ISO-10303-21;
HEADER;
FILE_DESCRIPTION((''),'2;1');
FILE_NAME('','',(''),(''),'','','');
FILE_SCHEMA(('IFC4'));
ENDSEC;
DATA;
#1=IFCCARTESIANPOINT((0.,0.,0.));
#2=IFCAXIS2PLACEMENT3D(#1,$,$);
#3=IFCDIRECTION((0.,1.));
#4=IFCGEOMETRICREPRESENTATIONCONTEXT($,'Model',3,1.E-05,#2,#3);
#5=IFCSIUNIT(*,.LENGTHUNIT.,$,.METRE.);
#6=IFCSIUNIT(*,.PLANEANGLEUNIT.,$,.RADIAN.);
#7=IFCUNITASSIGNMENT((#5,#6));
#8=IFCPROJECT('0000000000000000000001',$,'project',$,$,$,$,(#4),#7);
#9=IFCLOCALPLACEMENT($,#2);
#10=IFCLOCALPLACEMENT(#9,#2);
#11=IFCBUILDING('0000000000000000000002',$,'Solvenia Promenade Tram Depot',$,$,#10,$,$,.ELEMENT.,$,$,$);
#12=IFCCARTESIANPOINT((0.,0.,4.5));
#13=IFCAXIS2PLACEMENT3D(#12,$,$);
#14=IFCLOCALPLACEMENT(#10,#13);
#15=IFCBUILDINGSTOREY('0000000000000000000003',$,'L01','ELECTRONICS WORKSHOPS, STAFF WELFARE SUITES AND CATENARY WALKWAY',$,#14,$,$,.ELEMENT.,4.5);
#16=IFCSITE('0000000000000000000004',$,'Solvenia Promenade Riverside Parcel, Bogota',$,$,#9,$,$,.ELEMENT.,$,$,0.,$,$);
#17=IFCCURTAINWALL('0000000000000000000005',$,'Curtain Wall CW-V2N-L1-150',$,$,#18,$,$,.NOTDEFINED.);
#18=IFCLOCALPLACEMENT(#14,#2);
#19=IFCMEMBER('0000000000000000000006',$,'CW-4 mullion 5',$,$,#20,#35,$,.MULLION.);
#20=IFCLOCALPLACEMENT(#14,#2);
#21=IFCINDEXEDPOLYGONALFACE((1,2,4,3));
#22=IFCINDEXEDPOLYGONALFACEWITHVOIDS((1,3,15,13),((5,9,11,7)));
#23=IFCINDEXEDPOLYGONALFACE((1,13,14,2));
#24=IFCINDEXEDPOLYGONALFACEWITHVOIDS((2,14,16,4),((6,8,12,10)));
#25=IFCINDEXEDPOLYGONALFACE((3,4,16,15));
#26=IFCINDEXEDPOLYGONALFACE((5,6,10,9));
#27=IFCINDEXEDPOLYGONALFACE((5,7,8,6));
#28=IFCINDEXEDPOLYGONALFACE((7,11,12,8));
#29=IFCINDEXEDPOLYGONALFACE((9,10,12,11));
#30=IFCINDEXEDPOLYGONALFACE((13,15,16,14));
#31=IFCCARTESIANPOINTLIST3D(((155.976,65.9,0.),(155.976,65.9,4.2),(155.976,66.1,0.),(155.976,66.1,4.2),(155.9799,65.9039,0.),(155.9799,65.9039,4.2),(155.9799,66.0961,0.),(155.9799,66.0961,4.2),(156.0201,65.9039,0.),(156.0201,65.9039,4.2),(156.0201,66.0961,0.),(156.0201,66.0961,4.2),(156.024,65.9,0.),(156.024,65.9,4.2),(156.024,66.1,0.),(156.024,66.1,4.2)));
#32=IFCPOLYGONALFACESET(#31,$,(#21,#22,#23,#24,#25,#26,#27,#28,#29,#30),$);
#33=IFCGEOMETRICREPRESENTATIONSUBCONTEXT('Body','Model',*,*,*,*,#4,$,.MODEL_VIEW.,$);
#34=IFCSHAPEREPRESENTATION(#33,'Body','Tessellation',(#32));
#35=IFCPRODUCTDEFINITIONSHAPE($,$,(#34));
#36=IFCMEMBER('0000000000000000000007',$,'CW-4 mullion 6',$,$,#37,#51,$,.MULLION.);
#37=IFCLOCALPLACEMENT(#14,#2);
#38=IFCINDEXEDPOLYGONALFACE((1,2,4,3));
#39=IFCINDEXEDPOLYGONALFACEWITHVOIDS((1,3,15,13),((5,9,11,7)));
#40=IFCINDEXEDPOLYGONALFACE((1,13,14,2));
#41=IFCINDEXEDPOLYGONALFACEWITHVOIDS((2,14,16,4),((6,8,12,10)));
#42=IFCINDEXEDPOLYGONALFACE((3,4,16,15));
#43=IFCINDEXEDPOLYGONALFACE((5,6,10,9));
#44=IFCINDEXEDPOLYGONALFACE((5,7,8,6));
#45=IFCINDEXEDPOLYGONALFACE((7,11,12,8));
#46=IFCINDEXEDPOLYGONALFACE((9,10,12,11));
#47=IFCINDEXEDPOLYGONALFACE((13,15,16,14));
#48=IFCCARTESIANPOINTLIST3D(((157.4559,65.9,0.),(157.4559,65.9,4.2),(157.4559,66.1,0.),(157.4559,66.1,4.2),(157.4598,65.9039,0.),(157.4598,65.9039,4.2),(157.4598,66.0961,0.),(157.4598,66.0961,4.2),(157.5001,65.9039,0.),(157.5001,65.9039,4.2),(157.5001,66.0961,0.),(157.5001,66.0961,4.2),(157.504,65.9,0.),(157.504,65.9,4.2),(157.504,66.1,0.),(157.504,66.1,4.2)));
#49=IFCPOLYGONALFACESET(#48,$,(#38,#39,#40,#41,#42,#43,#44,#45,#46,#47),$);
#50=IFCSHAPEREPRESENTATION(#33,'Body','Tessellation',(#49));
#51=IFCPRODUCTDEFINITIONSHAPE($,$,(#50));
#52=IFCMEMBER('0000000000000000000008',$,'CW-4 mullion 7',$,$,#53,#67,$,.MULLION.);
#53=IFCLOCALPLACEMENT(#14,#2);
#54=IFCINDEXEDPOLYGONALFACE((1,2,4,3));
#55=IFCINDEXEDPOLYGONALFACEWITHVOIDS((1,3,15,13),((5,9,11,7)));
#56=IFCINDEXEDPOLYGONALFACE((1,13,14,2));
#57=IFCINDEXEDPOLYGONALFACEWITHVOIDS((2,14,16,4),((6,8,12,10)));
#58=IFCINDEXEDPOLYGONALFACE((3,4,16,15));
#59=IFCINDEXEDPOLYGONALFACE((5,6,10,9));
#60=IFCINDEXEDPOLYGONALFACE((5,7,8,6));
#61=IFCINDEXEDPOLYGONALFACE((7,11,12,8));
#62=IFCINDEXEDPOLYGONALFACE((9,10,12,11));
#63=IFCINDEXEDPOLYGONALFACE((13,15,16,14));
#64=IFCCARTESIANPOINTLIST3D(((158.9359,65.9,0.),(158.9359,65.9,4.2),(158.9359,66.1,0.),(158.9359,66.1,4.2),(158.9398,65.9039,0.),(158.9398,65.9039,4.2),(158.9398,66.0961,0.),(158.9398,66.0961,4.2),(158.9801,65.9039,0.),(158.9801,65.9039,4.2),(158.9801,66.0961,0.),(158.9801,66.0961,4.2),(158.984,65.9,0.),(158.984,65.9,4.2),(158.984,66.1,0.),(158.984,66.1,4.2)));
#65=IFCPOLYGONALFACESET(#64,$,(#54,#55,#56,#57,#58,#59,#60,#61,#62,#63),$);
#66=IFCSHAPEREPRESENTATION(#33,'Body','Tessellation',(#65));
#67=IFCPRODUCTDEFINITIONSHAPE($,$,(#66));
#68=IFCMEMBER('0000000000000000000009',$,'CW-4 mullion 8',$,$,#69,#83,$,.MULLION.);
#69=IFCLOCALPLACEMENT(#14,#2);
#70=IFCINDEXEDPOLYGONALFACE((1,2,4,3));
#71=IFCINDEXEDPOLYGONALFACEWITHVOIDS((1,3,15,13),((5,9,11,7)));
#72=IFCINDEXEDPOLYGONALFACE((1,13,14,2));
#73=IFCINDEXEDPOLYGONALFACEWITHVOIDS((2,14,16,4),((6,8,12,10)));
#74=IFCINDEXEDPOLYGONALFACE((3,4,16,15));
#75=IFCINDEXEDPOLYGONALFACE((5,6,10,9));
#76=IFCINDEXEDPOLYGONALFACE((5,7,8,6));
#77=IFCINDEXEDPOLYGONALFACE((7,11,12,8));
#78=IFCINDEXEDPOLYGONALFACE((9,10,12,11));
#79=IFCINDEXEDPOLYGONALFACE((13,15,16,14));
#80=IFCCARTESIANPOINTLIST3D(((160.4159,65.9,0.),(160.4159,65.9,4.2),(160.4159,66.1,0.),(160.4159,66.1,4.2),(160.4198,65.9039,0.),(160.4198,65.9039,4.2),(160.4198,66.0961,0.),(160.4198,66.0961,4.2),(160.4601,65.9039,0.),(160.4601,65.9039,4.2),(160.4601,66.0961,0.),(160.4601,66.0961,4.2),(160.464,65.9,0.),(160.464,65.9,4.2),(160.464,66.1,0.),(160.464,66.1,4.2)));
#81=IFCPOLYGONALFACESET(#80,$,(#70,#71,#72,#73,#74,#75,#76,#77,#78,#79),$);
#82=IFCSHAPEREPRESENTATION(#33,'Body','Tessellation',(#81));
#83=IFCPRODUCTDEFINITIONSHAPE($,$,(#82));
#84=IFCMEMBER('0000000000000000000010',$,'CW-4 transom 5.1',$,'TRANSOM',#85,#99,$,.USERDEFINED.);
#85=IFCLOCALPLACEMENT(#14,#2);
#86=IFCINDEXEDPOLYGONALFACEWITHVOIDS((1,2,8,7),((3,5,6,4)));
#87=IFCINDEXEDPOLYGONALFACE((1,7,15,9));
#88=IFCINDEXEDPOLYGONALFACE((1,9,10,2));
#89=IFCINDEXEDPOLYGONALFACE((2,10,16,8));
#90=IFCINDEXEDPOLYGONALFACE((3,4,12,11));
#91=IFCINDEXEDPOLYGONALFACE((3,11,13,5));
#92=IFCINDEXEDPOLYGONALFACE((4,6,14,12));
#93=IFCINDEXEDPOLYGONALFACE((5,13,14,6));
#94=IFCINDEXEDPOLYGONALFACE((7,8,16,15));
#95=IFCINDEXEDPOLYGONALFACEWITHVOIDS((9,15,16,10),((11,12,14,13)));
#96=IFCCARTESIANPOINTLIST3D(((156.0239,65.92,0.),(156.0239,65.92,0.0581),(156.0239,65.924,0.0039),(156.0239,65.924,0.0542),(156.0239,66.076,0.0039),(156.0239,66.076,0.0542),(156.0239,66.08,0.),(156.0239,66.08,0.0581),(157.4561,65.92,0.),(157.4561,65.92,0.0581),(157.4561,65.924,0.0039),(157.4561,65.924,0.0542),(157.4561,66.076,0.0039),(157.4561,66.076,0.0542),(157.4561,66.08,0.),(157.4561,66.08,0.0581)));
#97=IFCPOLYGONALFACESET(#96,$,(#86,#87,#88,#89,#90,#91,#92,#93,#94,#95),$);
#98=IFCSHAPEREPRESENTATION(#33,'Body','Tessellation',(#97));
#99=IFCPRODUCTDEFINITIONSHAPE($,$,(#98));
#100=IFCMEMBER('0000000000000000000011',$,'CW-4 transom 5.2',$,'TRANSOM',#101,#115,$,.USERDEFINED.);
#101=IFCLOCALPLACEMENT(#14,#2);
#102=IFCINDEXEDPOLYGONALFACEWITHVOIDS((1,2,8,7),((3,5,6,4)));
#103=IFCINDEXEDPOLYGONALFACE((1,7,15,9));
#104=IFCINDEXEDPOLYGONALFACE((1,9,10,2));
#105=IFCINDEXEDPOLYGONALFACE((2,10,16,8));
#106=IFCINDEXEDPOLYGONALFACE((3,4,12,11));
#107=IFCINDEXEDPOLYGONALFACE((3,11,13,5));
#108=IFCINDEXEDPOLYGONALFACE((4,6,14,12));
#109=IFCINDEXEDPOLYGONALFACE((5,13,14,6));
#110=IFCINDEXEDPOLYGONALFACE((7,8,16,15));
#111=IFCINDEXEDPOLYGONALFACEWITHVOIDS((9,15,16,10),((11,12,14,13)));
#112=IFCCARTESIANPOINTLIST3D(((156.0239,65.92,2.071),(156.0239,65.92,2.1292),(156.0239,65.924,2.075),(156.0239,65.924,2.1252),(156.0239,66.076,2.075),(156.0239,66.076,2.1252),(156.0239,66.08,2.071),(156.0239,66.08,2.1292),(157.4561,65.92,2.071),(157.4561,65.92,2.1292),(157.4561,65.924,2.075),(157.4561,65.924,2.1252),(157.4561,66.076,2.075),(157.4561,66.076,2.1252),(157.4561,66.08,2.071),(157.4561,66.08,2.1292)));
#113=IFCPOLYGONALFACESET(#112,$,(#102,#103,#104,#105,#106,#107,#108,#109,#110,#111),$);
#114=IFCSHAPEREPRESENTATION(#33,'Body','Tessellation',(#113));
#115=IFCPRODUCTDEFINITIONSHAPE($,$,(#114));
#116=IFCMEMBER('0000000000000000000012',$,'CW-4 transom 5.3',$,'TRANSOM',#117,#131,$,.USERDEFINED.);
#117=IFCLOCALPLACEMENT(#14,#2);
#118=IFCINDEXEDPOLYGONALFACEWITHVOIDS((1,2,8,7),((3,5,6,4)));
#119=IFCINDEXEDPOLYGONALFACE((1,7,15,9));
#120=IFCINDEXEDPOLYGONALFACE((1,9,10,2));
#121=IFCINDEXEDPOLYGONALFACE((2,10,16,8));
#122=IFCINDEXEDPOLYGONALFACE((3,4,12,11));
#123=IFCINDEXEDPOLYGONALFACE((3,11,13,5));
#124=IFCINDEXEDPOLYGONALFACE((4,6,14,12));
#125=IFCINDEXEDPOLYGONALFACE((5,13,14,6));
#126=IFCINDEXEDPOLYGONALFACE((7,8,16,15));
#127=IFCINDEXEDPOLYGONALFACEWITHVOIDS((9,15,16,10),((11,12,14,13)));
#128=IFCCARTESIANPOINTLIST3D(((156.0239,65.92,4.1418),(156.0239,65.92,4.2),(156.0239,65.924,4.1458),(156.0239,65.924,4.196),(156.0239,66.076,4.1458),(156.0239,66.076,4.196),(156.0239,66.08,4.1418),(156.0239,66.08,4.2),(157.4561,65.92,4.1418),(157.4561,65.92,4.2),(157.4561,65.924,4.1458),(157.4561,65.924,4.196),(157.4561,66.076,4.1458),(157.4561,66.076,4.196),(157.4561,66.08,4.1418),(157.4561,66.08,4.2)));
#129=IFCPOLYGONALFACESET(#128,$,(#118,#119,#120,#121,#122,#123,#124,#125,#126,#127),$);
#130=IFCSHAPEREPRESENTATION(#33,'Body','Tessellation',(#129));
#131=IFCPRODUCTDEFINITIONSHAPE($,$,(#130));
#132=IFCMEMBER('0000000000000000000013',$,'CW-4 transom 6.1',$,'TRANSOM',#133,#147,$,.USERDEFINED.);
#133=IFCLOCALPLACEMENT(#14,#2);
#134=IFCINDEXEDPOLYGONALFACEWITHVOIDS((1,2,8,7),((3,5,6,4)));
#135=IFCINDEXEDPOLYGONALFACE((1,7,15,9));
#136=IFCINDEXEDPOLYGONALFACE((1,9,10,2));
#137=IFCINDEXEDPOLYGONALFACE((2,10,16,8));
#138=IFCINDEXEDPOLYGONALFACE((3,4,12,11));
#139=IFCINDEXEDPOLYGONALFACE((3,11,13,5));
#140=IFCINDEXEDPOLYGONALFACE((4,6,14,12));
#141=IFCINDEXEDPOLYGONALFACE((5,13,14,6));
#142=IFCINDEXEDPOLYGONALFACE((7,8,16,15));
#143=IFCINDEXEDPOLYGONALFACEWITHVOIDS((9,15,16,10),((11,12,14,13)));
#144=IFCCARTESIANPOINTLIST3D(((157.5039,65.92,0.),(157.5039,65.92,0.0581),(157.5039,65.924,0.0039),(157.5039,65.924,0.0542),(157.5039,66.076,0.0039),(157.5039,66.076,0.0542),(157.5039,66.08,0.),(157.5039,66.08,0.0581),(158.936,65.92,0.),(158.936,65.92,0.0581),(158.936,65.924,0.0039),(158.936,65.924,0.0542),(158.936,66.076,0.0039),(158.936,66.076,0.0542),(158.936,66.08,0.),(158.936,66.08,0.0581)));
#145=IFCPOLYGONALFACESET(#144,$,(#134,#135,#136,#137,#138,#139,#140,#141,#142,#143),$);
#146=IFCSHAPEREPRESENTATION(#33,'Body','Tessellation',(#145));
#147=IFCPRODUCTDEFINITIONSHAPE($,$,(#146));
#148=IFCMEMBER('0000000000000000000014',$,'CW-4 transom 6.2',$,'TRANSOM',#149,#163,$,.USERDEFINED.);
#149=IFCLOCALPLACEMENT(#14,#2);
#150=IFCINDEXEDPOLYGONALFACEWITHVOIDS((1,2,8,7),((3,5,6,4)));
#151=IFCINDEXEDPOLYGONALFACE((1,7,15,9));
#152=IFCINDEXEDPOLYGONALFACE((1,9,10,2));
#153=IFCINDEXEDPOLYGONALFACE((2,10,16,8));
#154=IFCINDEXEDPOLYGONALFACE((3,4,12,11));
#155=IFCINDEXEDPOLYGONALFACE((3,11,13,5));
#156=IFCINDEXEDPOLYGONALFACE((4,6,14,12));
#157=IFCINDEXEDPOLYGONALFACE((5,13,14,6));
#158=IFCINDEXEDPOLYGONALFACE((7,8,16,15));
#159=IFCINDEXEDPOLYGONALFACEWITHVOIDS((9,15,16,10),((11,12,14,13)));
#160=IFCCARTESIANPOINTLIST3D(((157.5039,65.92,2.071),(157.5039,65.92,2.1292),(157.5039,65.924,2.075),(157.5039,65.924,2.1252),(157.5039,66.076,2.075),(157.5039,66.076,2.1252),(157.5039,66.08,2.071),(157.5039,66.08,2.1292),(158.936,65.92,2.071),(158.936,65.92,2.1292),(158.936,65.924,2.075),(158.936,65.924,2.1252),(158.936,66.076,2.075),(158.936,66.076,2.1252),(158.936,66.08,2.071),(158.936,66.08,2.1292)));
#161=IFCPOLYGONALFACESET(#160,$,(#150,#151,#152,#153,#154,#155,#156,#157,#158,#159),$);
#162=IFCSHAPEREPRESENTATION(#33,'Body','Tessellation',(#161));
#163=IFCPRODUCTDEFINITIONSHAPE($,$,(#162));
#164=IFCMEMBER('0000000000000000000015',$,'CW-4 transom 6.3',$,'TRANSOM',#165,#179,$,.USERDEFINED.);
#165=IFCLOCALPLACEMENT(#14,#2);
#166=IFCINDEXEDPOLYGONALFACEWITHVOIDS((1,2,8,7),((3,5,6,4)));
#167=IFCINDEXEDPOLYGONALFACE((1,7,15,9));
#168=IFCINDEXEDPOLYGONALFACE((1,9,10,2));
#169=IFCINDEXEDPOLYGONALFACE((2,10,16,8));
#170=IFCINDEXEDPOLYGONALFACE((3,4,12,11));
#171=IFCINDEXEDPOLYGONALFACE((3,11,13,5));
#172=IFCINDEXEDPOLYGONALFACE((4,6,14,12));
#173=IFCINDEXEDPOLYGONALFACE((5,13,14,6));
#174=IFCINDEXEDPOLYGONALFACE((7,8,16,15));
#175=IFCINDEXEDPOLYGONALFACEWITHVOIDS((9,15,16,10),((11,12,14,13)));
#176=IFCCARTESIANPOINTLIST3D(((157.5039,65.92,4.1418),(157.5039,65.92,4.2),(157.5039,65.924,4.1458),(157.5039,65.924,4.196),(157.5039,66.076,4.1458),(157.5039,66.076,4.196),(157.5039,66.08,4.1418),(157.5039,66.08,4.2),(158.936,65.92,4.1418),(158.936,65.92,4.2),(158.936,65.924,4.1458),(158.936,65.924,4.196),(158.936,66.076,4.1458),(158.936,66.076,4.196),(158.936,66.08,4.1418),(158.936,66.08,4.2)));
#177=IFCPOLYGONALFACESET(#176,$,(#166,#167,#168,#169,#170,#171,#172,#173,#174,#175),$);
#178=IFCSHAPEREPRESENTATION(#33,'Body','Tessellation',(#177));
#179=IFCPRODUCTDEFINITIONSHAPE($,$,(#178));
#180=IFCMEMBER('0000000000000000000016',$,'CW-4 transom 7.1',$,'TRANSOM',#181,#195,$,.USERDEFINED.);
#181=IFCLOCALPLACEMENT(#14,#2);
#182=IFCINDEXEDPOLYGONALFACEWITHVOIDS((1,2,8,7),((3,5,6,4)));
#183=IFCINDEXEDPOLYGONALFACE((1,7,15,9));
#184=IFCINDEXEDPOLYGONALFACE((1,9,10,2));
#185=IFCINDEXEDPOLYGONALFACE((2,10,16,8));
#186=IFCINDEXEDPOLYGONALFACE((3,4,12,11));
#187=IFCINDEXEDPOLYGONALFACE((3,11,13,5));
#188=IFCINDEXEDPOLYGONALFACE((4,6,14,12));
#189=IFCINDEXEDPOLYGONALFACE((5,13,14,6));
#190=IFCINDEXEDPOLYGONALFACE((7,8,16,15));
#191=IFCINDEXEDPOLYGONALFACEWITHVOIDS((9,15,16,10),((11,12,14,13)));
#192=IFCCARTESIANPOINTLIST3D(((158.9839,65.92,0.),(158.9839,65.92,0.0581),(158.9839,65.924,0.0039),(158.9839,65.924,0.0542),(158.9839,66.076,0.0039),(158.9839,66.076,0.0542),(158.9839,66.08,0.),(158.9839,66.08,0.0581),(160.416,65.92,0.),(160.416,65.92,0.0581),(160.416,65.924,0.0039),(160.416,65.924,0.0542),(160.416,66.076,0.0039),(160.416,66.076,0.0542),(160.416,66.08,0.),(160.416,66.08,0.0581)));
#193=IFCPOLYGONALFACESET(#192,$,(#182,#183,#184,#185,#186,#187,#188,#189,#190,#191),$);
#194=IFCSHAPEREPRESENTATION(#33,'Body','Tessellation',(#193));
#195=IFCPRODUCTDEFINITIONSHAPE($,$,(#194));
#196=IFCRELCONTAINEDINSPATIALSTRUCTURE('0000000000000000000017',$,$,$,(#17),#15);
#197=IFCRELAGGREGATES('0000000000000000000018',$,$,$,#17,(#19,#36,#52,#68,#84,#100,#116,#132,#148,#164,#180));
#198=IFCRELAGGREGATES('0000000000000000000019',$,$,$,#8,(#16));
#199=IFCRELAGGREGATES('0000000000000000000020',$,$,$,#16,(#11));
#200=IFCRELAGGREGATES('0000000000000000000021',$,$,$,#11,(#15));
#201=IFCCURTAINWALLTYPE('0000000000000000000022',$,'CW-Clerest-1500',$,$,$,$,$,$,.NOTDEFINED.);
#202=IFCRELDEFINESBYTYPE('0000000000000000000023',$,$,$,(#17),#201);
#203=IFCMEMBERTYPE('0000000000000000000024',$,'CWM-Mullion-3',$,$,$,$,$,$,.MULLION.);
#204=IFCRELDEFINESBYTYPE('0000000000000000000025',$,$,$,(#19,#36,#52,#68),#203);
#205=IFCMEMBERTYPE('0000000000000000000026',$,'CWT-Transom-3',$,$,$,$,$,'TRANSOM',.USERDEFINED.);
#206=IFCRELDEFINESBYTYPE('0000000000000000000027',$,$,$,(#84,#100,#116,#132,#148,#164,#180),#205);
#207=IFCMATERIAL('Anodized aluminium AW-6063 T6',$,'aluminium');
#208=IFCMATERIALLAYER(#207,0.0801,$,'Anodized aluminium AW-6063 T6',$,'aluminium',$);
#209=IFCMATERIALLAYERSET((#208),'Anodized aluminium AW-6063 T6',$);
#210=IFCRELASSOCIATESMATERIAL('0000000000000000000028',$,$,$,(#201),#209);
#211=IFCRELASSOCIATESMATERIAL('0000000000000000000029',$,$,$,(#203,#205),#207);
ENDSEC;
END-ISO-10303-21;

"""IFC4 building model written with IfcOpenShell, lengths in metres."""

from ifc_helpers import new_model, si_unit, direction, frame, origin, origin_2d, place, context, subcontext, project, spatial, hollow_rectangle, extrude, material, layer, layer_set, material_profile, profile_set, type_object, element, aggregate, save


model = new_model("IFC4")

# Units and contexts
model_context = context("Model", 3, precision=1e-05, world=origin(), true_north=direction((0.0, 1.0)))
body_context = subcontext(model_context, "Body", "Model", "MODEL_VIEW")
ifc_project = project(units=[si_unit("LENGTHUNIT", "METRE"), si_unit("PLANEANGLEUNIT", "RADIAN")], contexts=[model_context])

# Site, building, storey
site_placement = place(None, origin())
site = spatial("IfcSite", under=ifc_project, at=site_placement, Name="Solvenia Promenade Riverside Parcel, Bogota", CompositionType="ELEMENT", RefElevation=0.0)
building_placement = place(site_placement, origin())
building = spatial("IfcBuilding", under=site, at=building_placement, Name="Solvenia Promenade Tram Depot", CompositionType="ELEMENT")
storey_placement = place(building_placement, frame((0.0, 0.0, 4.5)))
storey = spatial("IfcBuildingStorey", under=building, at=storey_placement, Name="L01", Description="ELECTRONICS WORKSHOPS, STAFF WELFARE SUITES AND CATENARY WALKWAY", CompositionType="ELEMENT", Elevation=4.5)

# Curtain wall, members
ifc_material_1 = material(Name="Anodized aluminium AW-6063 T6", Category="aluminium")
ifc_layer_1 = layer(ifc_material_1, 0.0801, Name="Anodized aluminium AW-6063 T6", Category="aluminium")
ifc_layer_set_1 = layer_set([ifc_layer_1], Name="Anodized aluminium AW-6063 T6")
curtain_wall_type = type_object("IfcCurtainWallType", Name="CW-Clerest-1500", PredefinedType="NOTDEFINED", material=ifc_layer_set_1)
curtain_wall_placement = place(storey_placement, origin())
curtain_wall = element("IfcCurtainWall", 1, at=curtain_wall_placement, inside=storey, type_object=curtain_wall_type, Name="Curtain Wall CW-V2N-L1-150", PredefinedType="NOTDEFINED")
ifc_material_profile_1 = material_profile(ifc_material_1, hollow_rectangle(XDim=0.2, YDim=0.0481, WallThickness=0.0039, at=origin_2d()), Name="ALU-M3", Category="aluminium")
ifc_profile_set_1 = profile_set([ifc_material_profile_1], Name="Anodized aluminium AW-6063 T6")
member_type_1 = type_object("IfcMemberType", Name="CWM-Mullion-3", PredefinedType="MULLION", material=ifc_profile_set_1)
member_1_placement = place(storey_placement, frame((156.0, 66.0, 0.0), z_axis=(0.0, 0.0, 1.0), x_axis=(0.0, 1.0, 0.0)))
member_1 = element("IfcMember", 2, at=member_1_placement, type_object=member_type_1, Name="CW-4 mullion 5", PredefinedType="MULLION", context=body_context, shape_type="SweptSolid", body=[
    extrude(hollow_rectangle(XDim=0.2, YDim=0.0481, WallThickness=0.0039, at=origin_2d()), origin(), (0.0, 0.0, 1.0), 4.2),
])
member_2_placement = place(storey_placement, frame((157.48, 66.0, 0.0), z_axis=(0.0, 0.0, 1.0), x_axis=(0.0, 1.0, 0.0)))
member_2 = element("IfcMember", 3, at=member_2_placement, type_object=member_type_1, Name="CW-4 mullion 6", PredefinedType="MULLION", context=body_context, shape_type="SweptSolid", body=[
    extrude(hollow_rectangle(XDim=0.2, YDim=0.0481, WallThickness=0.0039, at=origin_2d()), origin(), (0.0, 0.0, 1.0), 4.2),
])
member_3_placement = place(storey_placement, frame((158.96, 66.0, 0.0), z_axis=(0.0, 0.0, 1.0), x_axis=(0.0, 1.0, 0.0)))
member_3 = element("IfcMember", 4, at=member_3_placement, type_object=member_type_1, Name="CW-4 mullion 7", PredefinedType="MULLION", context=body_context, shape_type="SweptSolid", body=[
    extrude(hollow_rectangle(XDim=0.2, YDim=0.0481, WallThickness=0.0039, at=origin_2d()), origin(), (0.0, 0.0, 1.0), 4.2),
])
member_4_placement = place(storey_placement, frame((160.4399, 66.0, 0.0), z_axis=(0.0, 0.0, 1.0), x_axis=(0.0, 1.0, 0.0)))
member_4 = element("IfcMember", 5, at=member_4_placement, type_object=member_type_1, Name="CW-4 mullion 8", PredefinedType="MULLION", context=body_context, shape_type="SweptSolid", body=[
    extrude(hollow_rectangle(XDim=0.2, YDim=0.0481, WallThickness=0.0039, at=origin_2d()), origin(), (0.0, 0.0, 1.0), 4.2),
])
ifc_material_profile_2 = material_profile(ifc_material_1, hollow_rectangle(XDim=0.1599, YDim=0.0581, WallThickness=0.0039, at=origin_2d()), Name="ALU-T3", Category="aluminium")
ifc_profile_set_2 = profile_set([ifc_material_profile_2], Name="Anodized aluminium AW-6063 T6")
member_type_2 = type_object("IfcMemberType", Name="CWT-Transom-3", ElementType="TRANSOM", PredefinedType="USERDEFINED", material=ifc_profile_set_2)
member_5_placement = place(storey_placement, frame((156.0239, 66.0, 0.0291), z_axis=(1.0, 0.0, 0.0), x_axis=(0.0, 1.0, 0.0)))
member_5 = element("IfcMember", 6, at=member_5_placement, type_object=member_type_2, Name="CW-4 transom 5.1", ObjectType="TRANSOM", PredefinedType="USERDEFINED", context=body_context, shape_type="SweptSolid", body=[
    extrude(hollow_rectangle(XDim=0.1599, YDim=0.0581, WallThickness=0.0039, at=origin_2d()), origin(), (0.0, 0.0, 1.0), 1.4321),
])
member_6_placement = place(storey_placement, frame((156.0239, 66.0, 2.1001), z_axis=(1.0, 0.0, 0.0), x_axis=(0.0, 1.0, 0.0)))
member_6 = element("IfcMember", 7, at=member_6_placement, type_object=member_type_2, Name="CW-4 transom 5.2", ObjectType="TRANSOM", PredefinedType="USERDEFINED", context=body_context, shape_type="SweptSolid", body=[
    extrude(hollow_rectangle(XDim=0.1599, YDim=0.0581, WallThickness=0.0039, at=origin_2d()), origin(), (0.0, 0.0, 1.0), 1.4321),
])
member_7_placement = place(storey_placement, frame((156.0239, 66.0, 4.1709), z_axis=(1.0, 0.0, 0.0), x_axis=(0.0, 1.0, 0.0)))
member_7 = element("IfcMember", 8, at=member_7_placement, type_object=member_type_2, Name="CW-4 transom 5.3", ObjectType="TRANSOM", PredefinedType="USERDEFINED", context=body_context, shape_type="SweptSolid", body=[
    extrude(hollow_rectangle(XDim=0.1599, YDim=0.0581, WallThickness=0.0039, at=origin_2d()), origin(), (0.0, 0.0, 1.0), 1.4321),
])
member_8_placement = place(storey_placement, frame((157.5039, 66.0, 0.0291), z_axis=(1.0, 0.0, 0.0), x_axis=(0.0, 1.0, 0.0)))
member_8 = element("IfcMember", 9, at=member_8_placement, type_object=member_type_2, Name="CW-4 transom 6.1", ObjectType="TRANSOM", PredefinedType="USERDEFINED", context=body_context, shape_type="SweptSolid", body=[
    extrude(hollow_rectangle(XDim=0.1599, YDim=0.0581, WallThickness=0.0039, at=origin_2d()), origin(), (0.0, 0.0, 1.0), 1.4321),
])
member_9_placement = place(storey_placement, frame((157.5039, 66.0, 2.1001), z_axis=(1.0, 0.0, 0.0), x_axis=(0.0, 1.0, 0.0)))
member_9 = element("IfcMember", 10, at=member_9_placement, type_object=member_type_2, Name="CW-4 transom 6.2", ObjectType="TRANSOM", PredefinedType="USERDEFINED", context=body_context, shape_type="SweptSolid", body=[
    extrude(hollow_rectangle(XDim=0.1599, YDim=0.0581, WallThickness=0.0039, at=origin_2d()), origin(), (0.0, 0.0, 1.0), 1.4321),
])
member_10_placement = place(storey_placement, frame((157.5039, 66.0, 4.1709), z_axis=(1.0, 0.0, 0.0), x_axis=(0.0, 1.0, 0.0)))
member_10 = element("IfcMember", 11, at=member_10_placement, type_object=member_type_2, Name="CW-4 transom 6.3", ObjectType="TRANSOM", PredefinedType="USERDEFINED", context=body_context, shape_type="SweptSolid", body=[
    extrude(hollow_rectangle(XDim=0.1599, YDim=0.0581, WallThickness=0.0039, at=origin_2d()), origin(), (0.0, 0.0, 1.0), 1.4321),
])
member_11_placement = place(storey_placement, frame((158.9839, 66.0, 0.0291), z_axis=(1.0, 0.0, 0.0), x_axis=(0.0, 1.0, 0.0)))
member_11 = element("IfcMember", 12, at=member_11_placement, type_object=member_type_2, Name="CW-4 transom 7.1", ObjectType="TRANSOM", PredefinedType="USERDEFINED", context=body_context, shape_type="SweptSolid", body=[
    extrude(hollow_rectangle(XDim=0.1599, YDim=0.0581, WallThickness=0.0039, at=origin_2d()), origin(), (0.0, 0.0, 1.0), 1.4321),
])
aggregate(curtain_wall, [member_1, member_2, member_3, member_4, member_5, member_6, member_7, member_8, member_9, member_10, member_11])

save(model, "model.ifc")
